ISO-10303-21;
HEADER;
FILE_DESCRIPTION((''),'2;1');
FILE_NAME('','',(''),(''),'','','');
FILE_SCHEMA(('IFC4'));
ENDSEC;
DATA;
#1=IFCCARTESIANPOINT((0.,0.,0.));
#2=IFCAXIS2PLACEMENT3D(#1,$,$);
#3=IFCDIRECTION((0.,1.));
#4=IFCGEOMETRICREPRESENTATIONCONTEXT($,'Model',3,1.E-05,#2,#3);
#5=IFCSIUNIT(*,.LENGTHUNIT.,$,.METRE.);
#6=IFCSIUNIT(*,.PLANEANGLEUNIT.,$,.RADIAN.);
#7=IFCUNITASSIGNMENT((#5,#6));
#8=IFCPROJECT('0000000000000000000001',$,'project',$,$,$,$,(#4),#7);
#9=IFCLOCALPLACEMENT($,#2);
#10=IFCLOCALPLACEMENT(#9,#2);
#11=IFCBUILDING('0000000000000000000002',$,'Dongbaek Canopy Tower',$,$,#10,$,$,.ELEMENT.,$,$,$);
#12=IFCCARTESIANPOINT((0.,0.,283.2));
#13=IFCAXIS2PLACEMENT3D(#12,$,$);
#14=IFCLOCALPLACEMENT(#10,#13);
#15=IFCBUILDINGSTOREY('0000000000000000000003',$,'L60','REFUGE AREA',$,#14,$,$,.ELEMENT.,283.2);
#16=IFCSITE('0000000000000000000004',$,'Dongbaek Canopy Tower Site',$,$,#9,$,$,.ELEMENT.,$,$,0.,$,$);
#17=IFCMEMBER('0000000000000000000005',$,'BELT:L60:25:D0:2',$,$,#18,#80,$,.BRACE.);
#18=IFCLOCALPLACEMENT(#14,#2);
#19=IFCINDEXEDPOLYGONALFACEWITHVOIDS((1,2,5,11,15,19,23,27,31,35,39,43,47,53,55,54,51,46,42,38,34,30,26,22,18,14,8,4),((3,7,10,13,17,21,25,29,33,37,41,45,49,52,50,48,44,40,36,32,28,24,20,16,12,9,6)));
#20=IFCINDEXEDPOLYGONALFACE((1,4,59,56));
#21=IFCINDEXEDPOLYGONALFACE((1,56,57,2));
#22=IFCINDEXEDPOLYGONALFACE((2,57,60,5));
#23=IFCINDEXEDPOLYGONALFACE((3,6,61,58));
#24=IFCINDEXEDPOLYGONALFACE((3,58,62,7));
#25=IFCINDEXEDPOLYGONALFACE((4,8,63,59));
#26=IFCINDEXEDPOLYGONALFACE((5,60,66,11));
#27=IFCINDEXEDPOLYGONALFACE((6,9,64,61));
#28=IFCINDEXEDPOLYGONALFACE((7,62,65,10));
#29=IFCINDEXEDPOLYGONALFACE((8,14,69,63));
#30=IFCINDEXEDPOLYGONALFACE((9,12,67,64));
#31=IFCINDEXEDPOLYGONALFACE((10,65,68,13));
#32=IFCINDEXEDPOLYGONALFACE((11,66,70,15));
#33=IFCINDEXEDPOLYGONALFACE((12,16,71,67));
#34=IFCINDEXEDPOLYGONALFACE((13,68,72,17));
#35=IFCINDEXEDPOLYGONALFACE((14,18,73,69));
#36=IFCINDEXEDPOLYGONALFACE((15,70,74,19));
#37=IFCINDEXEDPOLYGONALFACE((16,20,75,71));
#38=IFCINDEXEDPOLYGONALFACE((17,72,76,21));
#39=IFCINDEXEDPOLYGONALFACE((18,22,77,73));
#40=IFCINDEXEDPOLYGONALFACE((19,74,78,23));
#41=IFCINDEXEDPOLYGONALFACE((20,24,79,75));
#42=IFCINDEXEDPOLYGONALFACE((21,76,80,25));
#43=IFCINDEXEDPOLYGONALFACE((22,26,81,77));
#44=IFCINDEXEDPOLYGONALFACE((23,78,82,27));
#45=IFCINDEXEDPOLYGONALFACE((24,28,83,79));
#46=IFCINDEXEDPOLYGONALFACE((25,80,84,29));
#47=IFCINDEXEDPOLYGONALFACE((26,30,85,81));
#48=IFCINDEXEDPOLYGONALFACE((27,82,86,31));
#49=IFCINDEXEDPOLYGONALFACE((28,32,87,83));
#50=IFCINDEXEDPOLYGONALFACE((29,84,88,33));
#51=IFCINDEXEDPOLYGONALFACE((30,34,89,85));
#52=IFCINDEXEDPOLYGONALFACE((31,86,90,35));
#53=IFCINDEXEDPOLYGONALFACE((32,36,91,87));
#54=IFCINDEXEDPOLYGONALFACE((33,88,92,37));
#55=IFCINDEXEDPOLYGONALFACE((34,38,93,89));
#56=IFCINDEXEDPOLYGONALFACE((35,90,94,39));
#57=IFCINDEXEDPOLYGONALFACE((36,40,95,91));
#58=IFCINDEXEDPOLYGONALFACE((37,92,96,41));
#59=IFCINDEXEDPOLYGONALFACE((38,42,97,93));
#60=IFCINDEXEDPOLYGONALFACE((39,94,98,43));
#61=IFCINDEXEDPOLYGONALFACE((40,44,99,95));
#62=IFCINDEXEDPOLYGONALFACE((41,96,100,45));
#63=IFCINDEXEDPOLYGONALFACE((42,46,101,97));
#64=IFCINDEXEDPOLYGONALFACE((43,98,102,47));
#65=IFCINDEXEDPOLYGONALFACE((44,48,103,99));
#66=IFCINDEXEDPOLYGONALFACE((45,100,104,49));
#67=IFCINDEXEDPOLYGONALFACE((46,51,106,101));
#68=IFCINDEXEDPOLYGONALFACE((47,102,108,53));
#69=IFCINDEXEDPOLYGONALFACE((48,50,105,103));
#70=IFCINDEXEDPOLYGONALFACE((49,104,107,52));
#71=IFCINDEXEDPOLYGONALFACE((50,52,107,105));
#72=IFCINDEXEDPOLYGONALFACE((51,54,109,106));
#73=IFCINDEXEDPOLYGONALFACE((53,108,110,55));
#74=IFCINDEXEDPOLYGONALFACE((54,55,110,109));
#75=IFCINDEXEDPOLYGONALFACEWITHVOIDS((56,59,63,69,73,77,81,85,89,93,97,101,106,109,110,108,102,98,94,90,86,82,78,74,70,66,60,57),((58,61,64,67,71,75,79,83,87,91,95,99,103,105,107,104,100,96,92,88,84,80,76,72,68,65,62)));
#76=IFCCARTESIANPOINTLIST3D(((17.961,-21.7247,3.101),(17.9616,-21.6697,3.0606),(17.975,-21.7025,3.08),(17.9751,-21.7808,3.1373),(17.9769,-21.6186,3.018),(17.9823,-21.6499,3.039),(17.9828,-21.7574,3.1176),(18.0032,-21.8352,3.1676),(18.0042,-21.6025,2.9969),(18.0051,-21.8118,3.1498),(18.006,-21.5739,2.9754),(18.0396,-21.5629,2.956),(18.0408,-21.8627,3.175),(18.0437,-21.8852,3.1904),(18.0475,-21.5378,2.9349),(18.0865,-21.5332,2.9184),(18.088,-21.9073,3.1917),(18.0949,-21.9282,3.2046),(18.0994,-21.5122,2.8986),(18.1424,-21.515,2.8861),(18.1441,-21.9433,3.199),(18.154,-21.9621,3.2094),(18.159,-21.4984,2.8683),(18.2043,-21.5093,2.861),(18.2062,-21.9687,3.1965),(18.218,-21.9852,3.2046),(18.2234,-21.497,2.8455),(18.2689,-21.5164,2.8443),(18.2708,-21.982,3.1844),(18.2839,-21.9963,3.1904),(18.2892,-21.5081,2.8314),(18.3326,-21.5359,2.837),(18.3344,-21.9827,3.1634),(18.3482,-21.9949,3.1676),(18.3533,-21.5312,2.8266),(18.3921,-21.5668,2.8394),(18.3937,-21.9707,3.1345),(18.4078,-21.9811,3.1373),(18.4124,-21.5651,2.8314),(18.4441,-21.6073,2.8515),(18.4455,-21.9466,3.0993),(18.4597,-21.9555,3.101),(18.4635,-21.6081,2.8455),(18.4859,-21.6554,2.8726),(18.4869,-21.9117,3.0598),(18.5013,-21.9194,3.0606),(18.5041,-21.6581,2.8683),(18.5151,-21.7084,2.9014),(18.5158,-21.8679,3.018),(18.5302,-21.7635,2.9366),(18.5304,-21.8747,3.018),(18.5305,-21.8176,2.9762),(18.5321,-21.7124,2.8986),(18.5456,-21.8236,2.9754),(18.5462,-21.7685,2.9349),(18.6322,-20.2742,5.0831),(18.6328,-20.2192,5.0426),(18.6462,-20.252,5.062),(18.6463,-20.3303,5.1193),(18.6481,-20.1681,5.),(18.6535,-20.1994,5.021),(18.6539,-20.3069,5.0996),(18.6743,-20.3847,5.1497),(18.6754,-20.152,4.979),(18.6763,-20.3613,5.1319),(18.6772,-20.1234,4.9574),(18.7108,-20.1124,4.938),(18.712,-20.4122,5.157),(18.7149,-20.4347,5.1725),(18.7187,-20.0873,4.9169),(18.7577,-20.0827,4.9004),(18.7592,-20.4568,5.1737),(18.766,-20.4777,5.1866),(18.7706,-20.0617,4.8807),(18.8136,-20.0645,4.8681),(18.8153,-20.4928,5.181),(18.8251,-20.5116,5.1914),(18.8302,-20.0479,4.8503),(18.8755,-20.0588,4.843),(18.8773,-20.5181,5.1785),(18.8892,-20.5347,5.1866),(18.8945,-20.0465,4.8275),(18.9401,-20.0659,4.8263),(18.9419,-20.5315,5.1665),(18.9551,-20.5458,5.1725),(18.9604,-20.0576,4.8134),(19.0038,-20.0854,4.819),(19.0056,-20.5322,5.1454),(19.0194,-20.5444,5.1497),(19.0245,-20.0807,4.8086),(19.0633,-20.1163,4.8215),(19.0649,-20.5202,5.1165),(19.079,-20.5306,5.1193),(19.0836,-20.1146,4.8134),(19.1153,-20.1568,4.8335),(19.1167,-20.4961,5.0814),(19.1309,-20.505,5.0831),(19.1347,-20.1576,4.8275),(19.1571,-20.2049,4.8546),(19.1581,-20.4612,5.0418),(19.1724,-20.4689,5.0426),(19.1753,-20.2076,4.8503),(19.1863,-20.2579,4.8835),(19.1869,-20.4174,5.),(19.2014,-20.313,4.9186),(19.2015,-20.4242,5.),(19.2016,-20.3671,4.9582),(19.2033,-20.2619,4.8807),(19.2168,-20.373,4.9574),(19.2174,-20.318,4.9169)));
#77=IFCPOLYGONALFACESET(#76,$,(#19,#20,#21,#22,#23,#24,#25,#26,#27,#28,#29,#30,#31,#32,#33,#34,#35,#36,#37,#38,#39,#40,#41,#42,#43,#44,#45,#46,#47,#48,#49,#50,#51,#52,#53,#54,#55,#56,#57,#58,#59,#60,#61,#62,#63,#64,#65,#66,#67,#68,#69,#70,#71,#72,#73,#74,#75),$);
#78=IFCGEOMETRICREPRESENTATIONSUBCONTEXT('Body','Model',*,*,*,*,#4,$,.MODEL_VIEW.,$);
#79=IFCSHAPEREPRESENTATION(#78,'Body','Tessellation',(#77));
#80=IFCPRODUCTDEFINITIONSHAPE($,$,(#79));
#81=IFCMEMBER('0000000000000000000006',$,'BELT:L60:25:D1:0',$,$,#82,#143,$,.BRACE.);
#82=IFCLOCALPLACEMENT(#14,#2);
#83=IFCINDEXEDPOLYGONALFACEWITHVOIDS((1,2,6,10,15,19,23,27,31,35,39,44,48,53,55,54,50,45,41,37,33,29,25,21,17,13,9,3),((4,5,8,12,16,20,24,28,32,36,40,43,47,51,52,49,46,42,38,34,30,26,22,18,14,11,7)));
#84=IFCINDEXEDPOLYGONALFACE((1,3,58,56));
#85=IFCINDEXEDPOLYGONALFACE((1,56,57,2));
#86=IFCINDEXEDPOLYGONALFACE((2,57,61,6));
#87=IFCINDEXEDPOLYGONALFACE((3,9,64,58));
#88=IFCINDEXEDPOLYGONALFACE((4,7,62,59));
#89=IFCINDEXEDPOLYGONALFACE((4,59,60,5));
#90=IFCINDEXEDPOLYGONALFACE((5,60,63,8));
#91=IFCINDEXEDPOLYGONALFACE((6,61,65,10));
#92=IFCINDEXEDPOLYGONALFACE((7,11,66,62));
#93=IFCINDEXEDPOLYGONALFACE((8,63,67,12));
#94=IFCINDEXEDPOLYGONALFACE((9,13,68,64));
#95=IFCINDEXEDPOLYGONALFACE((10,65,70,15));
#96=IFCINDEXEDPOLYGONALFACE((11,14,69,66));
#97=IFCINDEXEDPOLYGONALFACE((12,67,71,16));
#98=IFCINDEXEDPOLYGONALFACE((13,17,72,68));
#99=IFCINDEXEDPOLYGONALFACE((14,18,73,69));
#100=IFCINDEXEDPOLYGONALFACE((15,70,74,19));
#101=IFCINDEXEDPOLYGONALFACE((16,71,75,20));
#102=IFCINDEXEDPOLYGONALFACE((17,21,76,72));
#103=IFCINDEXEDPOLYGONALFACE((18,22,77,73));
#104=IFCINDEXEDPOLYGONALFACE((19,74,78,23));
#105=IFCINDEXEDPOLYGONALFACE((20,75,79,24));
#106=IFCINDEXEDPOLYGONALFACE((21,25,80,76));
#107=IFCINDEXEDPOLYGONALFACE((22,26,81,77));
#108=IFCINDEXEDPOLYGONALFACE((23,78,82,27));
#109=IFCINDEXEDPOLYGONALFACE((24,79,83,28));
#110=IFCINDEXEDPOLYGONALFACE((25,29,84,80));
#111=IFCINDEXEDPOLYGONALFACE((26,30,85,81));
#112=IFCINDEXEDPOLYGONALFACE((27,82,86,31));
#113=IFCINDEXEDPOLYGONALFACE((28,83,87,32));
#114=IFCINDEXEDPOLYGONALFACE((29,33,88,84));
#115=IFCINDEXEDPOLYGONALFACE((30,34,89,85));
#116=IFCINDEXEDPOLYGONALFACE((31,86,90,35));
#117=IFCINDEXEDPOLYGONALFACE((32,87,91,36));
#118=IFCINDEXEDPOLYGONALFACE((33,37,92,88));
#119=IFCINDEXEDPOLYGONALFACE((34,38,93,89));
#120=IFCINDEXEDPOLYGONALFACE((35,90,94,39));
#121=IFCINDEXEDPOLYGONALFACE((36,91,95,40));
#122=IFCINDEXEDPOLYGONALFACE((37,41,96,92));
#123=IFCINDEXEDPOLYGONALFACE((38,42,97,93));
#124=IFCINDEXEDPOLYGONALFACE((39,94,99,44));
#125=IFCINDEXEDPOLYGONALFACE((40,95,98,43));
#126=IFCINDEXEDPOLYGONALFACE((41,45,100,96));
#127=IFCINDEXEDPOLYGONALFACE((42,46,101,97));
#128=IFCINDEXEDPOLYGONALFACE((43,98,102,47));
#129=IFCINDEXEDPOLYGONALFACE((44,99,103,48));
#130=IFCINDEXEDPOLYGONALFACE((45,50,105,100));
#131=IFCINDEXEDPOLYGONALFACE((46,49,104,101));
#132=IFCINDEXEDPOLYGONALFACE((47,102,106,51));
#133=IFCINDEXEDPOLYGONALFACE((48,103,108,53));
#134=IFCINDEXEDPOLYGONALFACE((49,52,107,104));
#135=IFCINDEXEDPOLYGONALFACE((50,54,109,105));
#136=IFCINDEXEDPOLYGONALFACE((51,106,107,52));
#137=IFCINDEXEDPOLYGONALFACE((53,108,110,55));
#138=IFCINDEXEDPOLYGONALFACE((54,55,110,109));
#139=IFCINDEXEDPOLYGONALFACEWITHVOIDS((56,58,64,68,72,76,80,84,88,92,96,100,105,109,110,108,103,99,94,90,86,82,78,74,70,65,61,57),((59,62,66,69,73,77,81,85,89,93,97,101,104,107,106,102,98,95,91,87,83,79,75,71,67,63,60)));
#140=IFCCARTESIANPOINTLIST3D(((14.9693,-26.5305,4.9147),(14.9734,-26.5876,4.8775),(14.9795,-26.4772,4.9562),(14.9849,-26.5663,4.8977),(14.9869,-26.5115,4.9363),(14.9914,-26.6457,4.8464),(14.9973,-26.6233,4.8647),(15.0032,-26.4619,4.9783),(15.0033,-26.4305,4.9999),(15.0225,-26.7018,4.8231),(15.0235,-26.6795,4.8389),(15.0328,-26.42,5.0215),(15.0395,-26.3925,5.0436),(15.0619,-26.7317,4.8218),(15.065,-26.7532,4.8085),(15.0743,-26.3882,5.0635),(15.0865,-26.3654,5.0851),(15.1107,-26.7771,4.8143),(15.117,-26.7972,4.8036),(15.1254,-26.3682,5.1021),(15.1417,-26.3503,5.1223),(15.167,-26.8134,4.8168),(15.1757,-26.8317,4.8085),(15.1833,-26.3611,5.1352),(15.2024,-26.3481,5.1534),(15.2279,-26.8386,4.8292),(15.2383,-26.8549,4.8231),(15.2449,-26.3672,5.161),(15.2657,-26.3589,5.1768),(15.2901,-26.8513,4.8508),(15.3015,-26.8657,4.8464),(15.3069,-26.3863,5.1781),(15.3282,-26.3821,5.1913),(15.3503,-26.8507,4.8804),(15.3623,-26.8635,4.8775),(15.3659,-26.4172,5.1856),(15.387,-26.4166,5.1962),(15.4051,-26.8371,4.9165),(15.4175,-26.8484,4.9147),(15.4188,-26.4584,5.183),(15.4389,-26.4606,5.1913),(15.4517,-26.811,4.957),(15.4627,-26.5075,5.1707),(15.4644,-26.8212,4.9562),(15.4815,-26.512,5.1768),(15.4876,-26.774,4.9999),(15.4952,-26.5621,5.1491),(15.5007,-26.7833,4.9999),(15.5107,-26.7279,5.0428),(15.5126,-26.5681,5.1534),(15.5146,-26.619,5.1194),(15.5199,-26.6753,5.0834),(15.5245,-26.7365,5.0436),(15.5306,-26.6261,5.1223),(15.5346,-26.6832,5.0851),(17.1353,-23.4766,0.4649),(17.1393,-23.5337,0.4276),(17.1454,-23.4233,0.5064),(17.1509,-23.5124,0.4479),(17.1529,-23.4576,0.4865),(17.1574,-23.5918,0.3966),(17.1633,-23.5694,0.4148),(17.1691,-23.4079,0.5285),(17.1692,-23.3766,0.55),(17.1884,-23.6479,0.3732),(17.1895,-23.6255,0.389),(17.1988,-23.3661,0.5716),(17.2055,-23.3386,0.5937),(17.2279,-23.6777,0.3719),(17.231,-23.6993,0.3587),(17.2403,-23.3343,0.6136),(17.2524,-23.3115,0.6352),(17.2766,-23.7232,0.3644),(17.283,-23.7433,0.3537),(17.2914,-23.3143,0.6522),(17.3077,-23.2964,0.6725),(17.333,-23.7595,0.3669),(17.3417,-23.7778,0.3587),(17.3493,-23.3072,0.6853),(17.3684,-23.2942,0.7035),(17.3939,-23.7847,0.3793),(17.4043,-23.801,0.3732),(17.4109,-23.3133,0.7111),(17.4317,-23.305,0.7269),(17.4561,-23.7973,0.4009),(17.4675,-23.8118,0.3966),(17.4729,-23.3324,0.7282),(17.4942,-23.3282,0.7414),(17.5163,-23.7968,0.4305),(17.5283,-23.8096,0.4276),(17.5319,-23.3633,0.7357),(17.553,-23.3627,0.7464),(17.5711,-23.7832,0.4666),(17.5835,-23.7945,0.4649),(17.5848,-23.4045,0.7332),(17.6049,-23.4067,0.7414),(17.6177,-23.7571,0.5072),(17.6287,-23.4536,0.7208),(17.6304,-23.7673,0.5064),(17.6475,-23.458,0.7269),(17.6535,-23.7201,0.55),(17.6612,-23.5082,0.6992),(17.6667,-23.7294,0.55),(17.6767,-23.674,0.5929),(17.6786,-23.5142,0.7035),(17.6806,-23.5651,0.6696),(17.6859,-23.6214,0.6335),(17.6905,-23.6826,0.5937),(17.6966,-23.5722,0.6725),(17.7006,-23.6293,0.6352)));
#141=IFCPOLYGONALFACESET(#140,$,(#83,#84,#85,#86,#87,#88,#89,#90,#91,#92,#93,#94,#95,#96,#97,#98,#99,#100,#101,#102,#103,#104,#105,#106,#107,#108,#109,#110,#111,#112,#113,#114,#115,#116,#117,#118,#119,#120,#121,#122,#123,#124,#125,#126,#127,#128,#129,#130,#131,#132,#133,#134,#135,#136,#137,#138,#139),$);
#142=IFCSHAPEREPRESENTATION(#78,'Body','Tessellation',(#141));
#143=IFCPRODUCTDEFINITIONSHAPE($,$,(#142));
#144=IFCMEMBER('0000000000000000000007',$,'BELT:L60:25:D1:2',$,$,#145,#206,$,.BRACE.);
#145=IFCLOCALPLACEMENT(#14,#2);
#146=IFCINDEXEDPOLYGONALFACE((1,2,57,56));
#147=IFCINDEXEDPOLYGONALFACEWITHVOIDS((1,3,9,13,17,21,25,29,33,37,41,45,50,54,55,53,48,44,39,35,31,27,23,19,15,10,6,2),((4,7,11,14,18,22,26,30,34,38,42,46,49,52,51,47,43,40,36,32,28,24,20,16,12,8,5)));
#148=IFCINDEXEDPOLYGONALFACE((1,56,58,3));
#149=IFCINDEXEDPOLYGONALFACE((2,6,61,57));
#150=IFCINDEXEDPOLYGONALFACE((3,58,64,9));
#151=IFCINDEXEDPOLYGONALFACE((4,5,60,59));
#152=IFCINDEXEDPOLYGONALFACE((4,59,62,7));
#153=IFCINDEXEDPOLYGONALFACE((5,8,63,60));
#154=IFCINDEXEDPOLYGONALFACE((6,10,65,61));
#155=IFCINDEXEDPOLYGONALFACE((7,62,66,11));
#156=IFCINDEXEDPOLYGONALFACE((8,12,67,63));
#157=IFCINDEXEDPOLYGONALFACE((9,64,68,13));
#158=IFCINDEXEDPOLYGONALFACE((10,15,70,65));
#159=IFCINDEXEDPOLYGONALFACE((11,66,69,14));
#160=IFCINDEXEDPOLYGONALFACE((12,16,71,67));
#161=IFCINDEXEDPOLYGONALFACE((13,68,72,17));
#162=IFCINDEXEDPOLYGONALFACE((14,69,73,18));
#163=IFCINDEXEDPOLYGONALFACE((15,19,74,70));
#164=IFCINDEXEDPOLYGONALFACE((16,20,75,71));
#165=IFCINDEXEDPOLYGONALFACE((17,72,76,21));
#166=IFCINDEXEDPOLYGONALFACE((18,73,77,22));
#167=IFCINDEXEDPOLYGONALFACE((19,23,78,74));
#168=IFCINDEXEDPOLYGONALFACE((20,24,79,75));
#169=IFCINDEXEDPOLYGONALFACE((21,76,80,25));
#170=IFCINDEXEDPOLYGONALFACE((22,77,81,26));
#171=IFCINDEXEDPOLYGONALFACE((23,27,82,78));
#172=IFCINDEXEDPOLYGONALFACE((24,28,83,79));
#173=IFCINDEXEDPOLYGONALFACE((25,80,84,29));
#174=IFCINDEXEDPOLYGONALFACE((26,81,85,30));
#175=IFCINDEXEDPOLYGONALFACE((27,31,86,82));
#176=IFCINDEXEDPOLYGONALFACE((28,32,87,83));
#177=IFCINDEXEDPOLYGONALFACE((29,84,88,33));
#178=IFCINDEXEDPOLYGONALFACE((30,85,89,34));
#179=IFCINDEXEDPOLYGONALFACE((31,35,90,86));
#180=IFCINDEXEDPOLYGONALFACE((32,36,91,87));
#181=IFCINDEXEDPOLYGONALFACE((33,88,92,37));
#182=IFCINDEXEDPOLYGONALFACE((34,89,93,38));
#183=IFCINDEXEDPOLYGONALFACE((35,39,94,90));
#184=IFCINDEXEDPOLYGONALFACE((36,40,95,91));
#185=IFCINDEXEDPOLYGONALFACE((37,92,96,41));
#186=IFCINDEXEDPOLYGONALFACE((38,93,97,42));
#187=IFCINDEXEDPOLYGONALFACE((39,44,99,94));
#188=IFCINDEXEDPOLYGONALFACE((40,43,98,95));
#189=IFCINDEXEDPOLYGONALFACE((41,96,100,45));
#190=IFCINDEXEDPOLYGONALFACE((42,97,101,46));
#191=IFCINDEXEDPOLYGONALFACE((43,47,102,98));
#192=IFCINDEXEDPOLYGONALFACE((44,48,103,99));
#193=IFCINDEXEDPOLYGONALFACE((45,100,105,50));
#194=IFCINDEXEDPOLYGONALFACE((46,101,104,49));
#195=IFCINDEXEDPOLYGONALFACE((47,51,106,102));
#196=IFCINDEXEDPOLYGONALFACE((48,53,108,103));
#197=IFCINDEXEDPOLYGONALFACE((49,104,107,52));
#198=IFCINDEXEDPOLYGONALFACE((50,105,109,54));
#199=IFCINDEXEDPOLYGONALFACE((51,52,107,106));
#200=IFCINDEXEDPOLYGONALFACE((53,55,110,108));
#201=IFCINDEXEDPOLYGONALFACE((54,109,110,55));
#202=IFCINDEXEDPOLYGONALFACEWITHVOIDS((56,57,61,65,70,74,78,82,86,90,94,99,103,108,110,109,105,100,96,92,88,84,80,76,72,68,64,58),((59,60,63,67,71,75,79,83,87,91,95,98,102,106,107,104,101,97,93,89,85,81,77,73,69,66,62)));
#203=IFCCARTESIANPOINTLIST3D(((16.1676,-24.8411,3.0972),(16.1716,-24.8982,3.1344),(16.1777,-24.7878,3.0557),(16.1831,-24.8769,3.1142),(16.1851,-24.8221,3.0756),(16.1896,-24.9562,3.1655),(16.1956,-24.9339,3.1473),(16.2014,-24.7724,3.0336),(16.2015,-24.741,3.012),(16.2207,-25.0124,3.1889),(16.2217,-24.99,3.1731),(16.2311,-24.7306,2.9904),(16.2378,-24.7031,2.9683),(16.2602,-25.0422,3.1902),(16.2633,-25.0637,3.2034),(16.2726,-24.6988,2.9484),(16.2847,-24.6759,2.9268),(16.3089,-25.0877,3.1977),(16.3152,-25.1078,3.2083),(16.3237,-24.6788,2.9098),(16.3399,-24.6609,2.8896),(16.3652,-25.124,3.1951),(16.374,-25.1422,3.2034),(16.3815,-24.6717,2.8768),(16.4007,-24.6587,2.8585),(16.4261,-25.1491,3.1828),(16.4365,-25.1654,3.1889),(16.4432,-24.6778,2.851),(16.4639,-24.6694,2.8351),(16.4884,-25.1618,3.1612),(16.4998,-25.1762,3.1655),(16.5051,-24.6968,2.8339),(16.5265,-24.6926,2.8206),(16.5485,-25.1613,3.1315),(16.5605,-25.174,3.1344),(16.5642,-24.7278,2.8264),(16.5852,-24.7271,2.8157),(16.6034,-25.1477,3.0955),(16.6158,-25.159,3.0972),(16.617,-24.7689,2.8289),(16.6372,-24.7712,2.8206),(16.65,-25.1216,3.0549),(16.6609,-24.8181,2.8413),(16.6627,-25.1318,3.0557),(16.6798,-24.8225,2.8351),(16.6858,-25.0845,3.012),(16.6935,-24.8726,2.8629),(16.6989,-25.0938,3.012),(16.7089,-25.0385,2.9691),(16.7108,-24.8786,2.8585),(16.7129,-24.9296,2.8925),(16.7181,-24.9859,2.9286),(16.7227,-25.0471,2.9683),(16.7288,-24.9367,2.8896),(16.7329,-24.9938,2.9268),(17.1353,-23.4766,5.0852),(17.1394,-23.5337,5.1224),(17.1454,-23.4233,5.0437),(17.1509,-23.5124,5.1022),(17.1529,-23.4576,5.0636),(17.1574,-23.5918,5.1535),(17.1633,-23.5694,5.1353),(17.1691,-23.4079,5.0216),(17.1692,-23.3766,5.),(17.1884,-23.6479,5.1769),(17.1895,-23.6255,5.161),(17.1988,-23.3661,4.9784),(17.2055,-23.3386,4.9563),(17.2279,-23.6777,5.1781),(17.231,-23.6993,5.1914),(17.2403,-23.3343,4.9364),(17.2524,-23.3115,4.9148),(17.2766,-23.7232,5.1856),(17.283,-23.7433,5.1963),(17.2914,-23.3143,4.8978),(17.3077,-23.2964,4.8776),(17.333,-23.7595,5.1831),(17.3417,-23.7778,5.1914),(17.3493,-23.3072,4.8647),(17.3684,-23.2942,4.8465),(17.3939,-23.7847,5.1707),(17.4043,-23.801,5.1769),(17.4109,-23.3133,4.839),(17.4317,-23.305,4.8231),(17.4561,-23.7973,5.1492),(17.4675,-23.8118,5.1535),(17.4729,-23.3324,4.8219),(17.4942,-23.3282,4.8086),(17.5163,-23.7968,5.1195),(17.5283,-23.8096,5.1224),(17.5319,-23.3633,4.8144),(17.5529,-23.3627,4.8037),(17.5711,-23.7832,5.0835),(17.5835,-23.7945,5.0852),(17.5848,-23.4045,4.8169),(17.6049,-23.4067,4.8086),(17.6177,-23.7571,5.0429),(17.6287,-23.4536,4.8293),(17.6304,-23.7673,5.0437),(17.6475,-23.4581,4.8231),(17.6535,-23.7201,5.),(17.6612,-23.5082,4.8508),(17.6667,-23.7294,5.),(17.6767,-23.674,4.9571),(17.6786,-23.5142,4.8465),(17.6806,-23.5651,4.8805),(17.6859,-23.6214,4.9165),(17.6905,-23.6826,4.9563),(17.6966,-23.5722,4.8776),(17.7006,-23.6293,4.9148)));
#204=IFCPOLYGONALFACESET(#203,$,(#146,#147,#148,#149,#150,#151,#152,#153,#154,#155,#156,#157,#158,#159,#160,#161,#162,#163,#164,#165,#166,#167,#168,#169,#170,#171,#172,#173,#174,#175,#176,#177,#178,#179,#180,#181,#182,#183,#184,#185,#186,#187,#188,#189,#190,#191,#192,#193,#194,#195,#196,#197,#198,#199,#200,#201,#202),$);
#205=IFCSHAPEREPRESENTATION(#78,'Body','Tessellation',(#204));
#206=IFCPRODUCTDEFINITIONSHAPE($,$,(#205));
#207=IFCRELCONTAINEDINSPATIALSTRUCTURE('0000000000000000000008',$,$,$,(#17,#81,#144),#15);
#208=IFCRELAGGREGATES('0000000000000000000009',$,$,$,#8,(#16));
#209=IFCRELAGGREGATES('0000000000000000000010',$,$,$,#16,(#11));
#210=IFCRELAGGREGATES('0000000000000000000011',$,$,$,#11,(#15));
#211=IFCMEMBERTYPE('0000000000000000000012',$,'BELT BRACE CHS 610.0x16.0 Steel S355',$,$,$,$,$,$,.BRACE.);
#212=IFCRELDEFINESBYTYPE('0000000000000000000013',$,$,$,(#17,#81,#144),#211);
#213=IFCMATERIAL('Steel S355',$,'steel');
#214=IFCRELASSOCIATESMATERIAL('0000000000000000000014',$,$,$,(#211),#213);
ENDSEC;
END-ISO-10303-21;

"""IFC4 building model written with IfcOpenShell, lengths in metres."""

from ifc_helpers import new_model, si_unit, direction, frame, origin, origin_2d, place, context, subcontext, project, spatial, hollow_circle, extrude, material, material_profile, profile_set, type_object, element, save


model = new_model("IFC4")

# Units and contexts
model_context = context("Model", 3, precision=1e-05, world=origin(), true_north=direction((0.0, 1.0)))
body_context = subcontext(model_context, "Body", "Model", "MODEL_VIEW")
ifc_project = project(units=[si_unit("LENGTHUNIT", "METRE"), si_unit("PLANEANGLEUNIT", "RADIAN")], contexts=[model_context])

# Site, building, storey
site_placement = place(None, origin())
site = spatial("IfcSite", under=ifc_project, at=site_placement, Name="Dongbaek Canopy Tower Site", CompositionType="ELEMENT", RefElevation=0.0)
building_placement = place(site_placement, origin())
building = spatial("IfcBuilding", under=site, at=building_placement, Name="Dongbaek Canopy Tower", CompositionType="ELEMENT")
storey_placement = place(building_placement, frame((0.0, 0.0, 283.2)))
storey = spatial("IfcBuildingStorey", under=building, at=storey_placement, Name="L60", Description="REFUGE AREA", CompositionType="ELEMENT", Elevation=283.2)

# Members
ifc_material_1 = material(Name="Steel S355", Category="steel")
ifc_material_profile_1 = material_profile(ifc_material_1, hollow_circle(Radius=0.3049, WallThickness=0.0161, at=origin_2d()), Name="BELT BRACE CHS 610.0x16.0 Steel S355")
ifc_profile_set_1 = profile_set([ifc_material_profile_1], Name="Steel S355")
member_type_1 = type_object("IfcMemberType", Name="BELT BRACE CHS 610.0x16.0 Steel S355", PredefinedType="BRACE", material=ifc_profile_set_1)
member_1_placement = place(storey_placement, frame((18.9248, -20.2961, 5.0), z_axis=(-0.263604, -0.569687, -0.778441), x_axis=(0.907552, -0.41994, 0.0)))
element("IfcMember", 1, at=member_1_placement, inside=storey, type_object=member_type_1, Name="BELT:L60:25:D0:2", PredefinedType="BRACE", context=body_context, shape_type="SweptSolid", body=[
    extrude(hollow_circle(Radius=0.3049, WallThickness=0.0161, at=origin_2d()), origin(), (0.0, 0.0, 1.0), 2.5461),
])
member_2_placement = place(storey_placement, frame((17.418, -23.553, 0.55), z_axis=(-0.372454, -0.525138, 0.765185), x_axis=(0.815672, -0.578515, 0.0)))
element("IfcMember", 2, at=member_2_placement, inside=storey, type_object=member_type_1, Name="BELT:L60:25:D1:0", PredefinedType="BRACE", context=body_context, shape_type="SweptSolid", body=[
    extrude(hollow_circle(Radius=0.3049, WallThickness=0.0161, at=origin_2d()), origin(), (0.0, 0.0, 1.0), 5.8154),
])
member_3_placement = place(storey_placement, frame((17.418, -23.553, 5.0), z_axis=(-0.372476, -0.525168, -0.765154), x_axis=(0.815672, -0.578515, 0.0)))
element("IfcMember", 3, at=member_3_placement, inside=storey, type_object=member_type_1, Name="BELT:L60:25:D1:2", PredefinedType="BRACE", context=body_context, shape_type="SweptSolid", body=[
    extrude(hollow_circle(Radius=0.3049, WallThickness=0.0161, at=origin_2d()), origin(), (0.0, 0.0, 1.0), 2.5981),
])

save(model, "model.ifc")
